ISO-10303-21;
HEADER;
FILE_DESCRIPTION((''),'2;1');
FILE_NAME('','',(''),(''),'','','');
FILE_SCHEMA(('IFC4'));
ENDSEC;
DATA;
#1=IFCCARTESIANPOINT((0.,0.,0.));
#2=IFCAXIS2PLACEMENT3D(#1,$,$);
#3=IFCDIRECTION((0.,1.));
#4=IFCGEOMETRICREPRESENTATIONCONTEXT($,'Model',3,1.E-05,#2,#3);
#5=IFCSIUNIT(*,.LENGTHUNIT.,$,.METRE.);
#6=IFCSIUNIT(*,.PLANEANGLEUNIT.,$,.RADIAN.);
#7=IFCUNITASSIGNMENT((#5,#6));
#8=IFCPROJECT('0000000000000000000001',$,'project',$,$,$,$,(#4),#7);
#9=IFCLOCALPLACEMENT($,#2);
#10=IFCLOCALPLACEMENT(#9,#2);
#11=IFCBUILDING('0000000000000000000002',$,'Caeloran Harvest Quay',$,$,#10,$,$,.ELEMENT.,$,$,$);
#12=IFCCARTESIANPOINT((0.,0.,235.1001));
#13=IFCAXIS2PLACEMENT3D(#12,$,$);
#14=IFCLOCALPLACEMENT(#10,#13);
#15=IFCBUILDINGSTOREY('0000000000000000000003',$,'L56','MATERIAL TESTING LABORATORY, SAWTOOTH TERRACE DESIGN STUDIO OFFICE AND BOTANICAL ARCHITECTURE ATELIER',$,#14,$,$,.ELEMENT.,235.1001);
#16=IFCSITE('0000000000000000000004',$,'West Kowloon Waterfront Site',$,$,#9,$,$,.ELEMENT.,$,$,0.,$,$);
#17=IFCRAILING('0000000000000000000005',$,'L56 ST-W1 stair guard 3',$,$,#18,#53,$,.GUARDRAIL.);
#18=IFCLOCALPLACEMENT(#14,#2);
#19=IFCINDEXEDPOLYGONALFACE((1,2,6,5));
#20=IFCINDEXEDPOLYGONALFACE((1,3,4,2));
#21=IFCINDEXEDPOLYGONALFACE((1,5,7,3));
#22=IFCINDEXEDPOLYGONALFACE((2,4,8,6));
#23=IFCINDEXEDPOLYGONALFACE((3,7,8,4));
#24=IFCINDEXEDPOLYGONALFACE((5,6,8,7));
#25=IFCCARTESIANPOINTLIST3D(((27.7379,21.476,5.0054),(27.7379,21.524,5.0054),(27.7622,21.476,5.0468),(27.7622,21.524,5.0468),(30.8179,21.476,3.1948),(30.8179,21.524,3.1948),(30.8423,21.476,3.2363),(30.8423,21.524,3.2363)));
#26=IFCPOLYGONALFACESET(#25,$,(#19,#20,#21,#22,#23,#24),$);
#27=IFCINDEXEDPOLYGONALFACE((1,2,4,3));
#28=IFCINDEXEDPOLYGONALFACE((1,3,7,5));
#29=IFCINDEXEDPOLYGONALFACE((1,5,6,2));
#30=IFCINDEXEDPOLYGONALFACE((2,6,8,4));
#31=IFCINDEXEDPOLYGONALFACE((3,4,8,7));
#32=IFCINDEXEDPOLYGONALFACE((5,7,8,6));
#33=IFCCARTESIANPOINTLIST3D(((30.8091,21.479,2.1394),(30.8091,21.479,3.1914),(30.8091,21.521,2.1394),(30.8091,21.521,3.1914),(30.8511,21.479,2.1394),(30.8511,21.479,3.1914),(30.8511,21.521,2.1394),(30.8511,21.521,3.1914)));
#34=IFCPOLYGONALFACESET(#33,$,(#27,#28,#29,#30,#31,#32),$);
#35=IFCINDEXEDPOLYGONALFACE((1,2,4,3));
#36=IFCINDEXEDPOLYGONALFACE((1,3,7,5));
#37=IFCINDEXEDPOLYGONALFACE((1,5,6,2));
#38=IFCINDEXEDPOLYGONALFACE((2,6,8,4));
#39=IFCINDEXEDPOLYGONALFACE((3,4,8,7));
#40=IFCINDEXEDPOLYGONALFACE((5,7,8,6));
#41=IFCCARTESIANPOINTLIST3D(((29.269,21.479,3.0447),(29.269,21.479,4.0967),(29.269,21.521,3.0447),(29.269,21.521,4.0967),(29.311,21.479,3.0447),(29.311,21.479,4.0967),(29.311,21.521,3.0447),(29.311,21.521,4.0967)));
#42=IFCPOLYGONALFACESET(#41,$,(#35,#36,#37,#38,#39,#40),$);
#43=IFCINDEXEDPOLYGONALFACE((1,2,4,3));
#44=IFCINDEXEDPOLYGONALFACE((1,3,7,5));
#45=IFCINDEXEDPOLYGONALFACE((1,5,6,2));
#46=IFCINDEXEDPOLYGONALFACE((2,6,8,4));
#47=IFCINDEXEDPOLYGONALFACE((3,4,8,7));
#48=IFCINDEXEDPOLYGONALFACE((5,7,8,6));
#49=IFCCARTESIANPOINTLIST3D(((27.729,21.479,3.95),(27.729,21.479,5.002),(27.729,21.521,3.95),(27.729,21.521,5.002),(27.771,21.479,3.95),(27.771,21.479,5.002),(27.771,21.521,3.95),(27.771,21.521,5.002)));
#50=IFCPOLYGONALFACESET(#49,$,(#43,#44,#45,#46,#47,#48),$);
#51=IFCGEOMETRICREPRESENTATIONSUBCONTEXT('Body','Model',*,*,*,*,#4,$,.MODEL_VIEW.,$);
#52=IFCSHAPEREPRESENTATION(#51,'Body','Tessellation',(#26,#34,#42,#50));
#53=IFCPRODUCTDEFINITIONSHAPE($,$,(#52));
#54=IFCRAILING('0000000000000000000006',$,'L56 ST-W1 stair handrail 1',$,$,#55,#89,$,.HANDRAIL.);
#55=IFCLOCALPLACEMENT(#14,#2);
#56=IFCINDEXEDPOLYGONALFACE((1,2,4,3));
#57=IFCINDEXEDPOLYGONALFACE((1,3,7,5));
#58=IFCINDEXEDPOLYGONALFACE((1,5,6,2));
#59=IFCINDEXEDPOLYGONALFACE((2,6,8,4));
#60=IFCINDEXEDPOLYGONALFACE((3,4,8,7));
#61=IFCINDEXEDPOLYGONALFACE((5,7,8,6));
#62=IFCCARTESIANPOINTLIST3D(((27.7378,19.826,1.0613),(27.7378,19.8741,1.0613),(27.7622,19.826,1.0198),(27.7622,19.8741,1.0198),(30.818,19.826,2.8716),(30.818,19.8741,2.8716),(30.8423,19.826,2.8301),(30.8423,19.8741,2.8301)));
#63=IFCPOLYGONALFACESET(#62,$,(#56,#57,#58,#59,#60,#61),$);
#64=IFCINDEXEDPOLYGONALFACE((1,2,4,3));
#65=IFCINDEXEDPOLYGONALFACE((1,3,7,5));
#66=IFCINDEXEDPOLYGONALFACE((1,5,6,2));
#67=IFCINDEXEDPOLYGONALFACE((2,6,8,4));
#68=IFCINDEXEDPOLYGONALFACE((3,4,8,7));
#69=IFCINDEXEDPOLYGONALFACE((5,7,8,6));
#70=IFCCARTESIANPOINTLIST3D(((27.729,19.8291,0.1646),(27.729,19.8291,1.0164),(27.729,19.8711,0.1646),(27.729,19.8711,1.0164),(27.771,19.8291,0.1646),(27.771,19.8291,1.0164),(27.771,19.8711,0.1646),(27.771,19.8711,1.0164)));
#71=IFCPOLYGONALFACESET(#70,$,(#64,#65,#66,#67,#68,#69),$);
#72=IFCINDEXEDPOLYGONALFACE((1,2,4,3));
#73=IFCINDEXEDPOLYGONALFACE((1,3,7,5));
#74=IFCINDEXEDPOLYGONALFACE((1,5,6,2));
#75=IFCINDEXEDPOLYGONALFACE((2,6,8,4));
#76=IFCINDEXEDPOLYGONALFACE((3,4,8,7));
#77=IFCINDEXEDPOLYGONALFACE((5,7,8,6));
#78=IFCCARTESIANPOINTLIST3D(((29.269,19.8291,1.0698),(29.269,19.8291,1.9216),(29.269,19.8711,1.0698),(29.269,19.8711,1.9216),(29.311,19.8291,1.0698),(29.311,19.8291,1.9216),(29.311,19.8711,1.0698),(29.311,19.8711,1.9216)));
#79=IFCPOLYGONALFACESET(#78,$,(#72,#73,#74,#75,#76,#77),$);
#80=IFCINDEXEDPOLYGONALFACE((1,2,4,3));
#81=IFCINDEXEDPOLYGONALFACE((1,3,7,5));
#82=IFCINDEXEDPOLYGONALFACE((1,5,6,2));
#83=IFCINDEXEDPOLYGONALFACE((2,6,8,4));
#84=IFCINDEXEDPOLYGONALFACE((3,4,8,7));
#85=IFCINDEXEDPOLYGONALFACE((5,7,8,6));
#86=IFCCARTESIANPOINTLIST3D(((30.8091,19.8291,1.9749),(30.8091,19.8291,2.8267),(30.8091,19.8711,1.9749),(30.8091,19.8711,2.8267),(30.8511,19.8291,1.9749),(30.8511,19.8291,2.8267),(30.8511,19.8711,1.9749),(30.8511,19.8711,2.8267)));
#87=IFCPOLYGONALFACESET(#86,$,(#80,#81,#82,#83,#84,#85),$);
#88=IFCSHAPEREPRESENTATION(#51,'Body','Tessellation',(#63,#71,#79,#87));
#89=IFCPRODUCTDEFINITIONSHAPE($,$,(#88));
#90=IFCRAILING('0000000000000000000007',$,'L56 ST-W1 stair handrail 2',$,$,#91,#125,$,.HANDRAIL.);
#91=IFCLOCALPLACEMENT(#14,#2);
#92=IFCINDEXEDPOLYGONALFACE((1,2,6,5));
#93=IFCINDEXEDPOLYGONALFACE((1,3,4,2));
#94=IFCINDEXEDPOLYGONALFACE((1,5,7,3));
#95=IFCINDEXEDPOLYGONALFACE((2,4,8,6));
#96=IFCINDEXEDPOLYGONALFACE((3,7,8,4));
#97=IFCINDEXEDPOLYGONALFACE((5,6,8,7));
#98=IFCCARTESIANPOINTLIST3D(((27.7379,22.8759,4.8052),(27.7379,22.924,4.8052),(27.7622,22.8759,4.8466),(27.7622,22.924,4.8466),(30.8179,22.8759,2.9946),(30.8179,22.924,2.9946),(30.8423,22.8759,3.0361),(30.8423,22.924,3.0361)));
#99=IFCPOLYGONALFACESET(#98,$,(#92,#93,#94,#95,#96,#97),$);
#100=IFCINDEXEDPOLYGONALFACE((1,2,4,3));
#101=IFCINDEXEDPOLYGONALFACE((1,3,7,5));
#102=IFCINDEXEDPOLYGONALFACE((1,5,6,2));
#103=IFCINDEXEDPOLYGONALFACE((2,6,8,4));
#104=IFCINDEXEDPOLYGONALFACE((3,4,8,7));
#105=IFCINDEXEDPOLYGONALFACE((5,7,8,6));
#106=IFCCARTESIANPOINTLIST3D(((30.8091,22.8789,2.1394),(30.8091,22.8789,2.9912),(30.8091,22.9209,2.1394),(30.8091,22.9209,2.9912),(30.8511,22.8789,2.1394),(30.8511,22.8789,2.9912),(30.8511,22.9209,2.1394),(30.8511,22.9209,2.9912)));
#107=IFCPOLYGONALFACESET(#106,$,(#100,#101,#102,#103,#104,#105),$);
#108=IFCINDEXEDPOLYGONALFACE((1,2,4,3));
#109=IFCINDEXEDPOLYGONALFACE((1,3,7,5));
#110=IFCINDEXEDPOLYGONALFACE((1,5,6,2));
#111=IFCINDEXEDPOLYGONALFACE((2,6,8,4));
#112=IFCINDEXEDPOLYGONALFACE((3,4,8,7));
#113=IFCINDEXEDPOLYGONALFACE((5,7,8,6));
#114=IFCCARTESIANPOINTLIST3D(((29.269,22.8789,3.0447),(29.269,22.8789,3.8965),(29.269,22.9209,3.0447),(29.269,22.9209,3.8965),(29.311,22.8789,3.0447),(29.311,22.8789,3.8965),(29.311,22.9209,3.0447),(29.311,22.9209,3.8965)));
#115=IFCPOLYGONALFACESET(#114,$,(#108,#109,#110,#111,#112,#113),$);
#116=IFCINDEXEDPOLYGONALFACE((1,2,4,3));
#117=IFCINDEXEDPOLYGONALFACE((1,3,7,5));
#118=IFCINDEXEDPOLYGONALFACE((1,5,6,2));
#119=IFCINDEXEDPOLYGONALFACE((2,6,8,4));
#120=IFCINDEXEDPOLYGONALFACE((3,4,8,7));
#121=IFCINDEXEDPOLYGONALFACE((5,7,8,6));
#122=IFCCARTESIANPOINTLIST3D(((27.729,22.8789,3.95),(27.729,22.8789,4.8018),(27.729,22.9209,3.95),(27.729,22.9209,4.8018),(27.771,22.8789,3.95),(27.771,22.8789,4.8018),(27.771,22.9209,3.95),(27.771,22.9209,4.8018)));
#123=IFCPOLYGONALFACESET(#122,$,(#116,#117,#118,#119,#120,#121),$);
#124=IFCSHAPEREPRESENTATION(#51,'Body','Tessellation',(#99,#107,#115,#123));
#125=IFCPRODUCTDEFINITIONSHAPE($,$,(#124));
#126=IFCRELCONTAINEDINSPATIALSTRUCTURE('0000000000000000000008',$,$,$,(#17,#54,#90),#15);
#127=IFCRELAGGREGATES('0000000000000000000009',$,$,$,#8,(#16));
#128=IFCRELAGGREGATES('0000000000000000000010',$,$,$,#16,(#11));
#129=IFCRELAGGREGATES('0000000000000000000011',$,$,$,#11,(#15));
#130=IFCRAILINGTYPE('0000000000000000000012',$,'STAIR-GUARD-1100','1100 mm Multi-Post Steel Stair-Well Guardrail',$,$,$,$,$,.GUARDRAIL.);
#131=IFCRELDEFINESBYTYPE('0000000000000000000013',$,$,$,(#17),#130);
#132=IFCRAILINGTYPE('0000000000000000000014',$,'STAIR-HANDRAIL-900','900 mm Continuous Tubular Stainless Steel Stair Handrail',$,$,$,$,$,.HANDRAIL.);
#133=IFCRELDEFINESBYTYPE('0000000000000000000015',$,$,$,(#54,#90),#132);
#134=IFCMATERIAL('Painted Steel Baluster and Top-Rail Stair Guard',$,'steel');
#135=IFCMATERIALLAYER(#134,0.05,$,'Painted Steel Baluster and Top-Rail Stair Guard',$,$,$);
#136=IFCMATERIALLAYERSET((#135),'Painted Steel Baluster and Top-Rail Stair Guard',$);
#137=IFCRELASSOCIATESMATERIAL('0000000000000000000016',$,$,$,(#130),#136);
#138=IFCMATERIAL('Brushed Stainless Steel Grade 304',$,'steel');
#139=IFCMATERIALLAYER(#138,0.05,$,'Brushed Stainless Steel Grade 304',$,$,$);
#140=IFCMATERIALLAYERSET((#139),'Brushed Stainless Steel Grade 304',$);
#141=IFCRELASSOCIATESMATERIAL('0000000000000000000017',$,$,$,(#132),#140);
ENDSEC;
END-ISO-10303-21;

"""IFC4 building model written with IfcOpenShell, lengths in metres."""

from ifc_helpers import new_model, si_unit, direction, frame, origin, origin_2d, place, context, subcontext, project, spatial, rectangle, extrude, material, layer, layer_set, type_object, element, save


model = new_model("IFC4")

# Units and contexts
model_context = context("Model", 3, precision=1e-05, world=origin(), true_north=direction((0.0, 1.0)))
body_context = subcontext(model_context, "Body", "Model", "MODEL_VIEW")
ifc_project = project(units=[si_unit("LENGTHUNIT", "METRE"), si_unit("PLANEANGLEUNIT", "RADIAN")], contexts=[model_context])

# Site, building, storey
site_placement = place(None, origin())
site = spatial("IfcSite", under=ifc_project, at=site_placement, Name="West Kowloon Waterfront Site", CompositionType="ELEMENT", RefElevation=0.0)
building_placement = place(site_placement, origin())
building = spatial("IfcBuilding", under=site, at=building_placement, Name="Caeloran Harvest Quay", CompositionType="ELEMENT")
storey_placement = place(building_placement, frame((0.0, 0.0, 235.1001)))
storey = spatial("IfcBuildingStorey", under=building, at=storey_placement, Name="L56", Description="MATERIAL TESTING LABORATORY, SAWTOOTH TERRACE DESIGN STUDIO OFFICE AND BOTANICAL ARCHITECTURE ATELIER", CompositionType="ELEMENT", Elevation=235.1001)

# Railings
ifc_material_1 = material(Name="Painted Steel Baluster and Top-Rail Stair Guard", Category="steel")
ifc_layer_1 = layer(ifc_material_1, 0.05, Name="Painted Steel Baluster and Top-Rail Stair Guard")
ifc_layer_set_1 = layer_set([ifc_layer_1], Name="Painted Steel Baluster and Top-Rail Stair Guard")
railing_type_1 = type_object("IfcRailingType", Name="STAIR-GUARD-1100", Description="1100 mm Multi-Post Steel Stair-Well Guardrail", PredefinedType="GUARDRAIL", material=ifc_layer_set_1)
railing_1_placement = place(storey_placement, frame((30.8301, 21.5, 2.1394)))
element("IfcRailing", 1, at=railing_1_placement, inside=storey, type_object=railing_type_1, Name="L56 ST-W1 stair guard 3", PredefinedType="GUARDRAIL", context=body_context, shape_type="SweptSolid", body=[
    extrude(rectangle(XDim=0.0481, YDim=0.0481, at=origin_2d()), frame((0.0, 0.0, 1.0762), z_axis=(-0.862089, 0.0, 0.506757), x_axis=(0.0, -1.0, 0.0)), (0.0, 0.0, 1.0), 3.5728),
    extrude(rectangle(XDim=0.042, YDim=0.042, at=origin_2d()), origin(), (0.0, 0.0, 1.0), 1.052),
    extrude(rectangle(XDim=0.042, YDim=0.042, at=origin_2d()), frame((-1.54, 0.0, 0.9053)), (0.0, 0.0, 1.0), 1.052),
    extrude(rectangle(XDim=0.042, YDim=0.042, at=origin_2d()), frame((-3.0801, 0.0, 1.8105)), (0.0, 0.0, 1.0), 1.052),
])
ifc_material_2 = material(Name="Brushed Stainless Steel Grade 304", Category="steel")
ifc_layer_2 = layer(ifc_material_2, 0.05, Name="Brushed Stainless Steel Grade 304")
ifc_layer_set_2 = layer_set([ifc_layer_2], Name="Brushed Stainless Steel Grade 304")
railing_type_2 = type_object("IfcRailingType", Name="STAIR-HANDRAIL-900", Description="900 mm Continuous Tubular Stainless Steel Stair Handrail", PredefinedType="HANDRAIL", material=ifc_layer_set_2)
railing_2_placement = place(storey_placement, frame((27.75, 19.8501, 0.1646)))
element("IfcRailing", 2, at=railing_2_placement, inside=storey, type_object=railing_type_2, Name="L56 ST-W1 stair handrail 1", PredefinedType="HANDRAIL", context=body_context, shape_type="SweptSolid", body=[
    extrude(rectangle(XDim=0.0481, YDim=0.0481, at=origin_2d()), frame((0.0, 0.0, 0.876), z_axis=(0.862119, 0.0, 0.506707), x_axis=(0.0, 1.0, 0.0)), (0.0, 0.0, 1.0), 3.5728),
    extrude(rectangle(XDim=0.042, YDim=0.042, at=origin_2d()), origin(), (0.0, 0.0, 1.0), 0.8518),
    extrude(rectangle(XDim=0.042, YDim=0.042, at=origin_2d()), frame((1.54, 0.0, 0.9053)), (0.0, 0.0, 1.0), 0.8518),
    extrude(rectangle(XDim=0.042, YDim=0.042, at=origin_2d()), frame((3.0801, 0.0, 1.8103)), (0.0, 0.0, 1.0), 0.8518),
])
railing_3_placement = place(storey_placement, frame((30.8301, 22.8999, 2.1394)))
element("IfcRailing", 3, at=railing_3_placement, inside=storey, type_object=railing_type_2, Name="L56 ST-W1 stair handrail 2", PredefinedType="HANDRAIL", context=body_context, shape_type="SweptSolid", body=[
    extrude(rectangle(XDim=0.0481, YDim=0.0481, at=origin_2d()), frame((0.0, 0.0, 0.876), z_axis=(-0.862089, 0.0, 0.506757), x_axis=(0.0, -1.0, 0.0)), (0.0, 0.0, 1.0), 3.5728),
    extrude(rectangle(XDim=0.042, YDim=0.042, at=origin_2d()), origin(), (0.0, 0.0, 1.0), 0.8518),
    extrude(rectangle(XDim=0.042, YDim=0.042, at=origin_2d()), frame((-1.54, 0.0, 0.9053)), (0.0, 0.0, 1.0), 0.8518),
    extrude(rectangle(XDim=0.042, YDim=0.042, at=origin_2d()), frame((-3.0801, 0.0, 1.8105)), (0.0, 0.0, 1.0), 0.8518),
])

save(model, "model.ifc")
